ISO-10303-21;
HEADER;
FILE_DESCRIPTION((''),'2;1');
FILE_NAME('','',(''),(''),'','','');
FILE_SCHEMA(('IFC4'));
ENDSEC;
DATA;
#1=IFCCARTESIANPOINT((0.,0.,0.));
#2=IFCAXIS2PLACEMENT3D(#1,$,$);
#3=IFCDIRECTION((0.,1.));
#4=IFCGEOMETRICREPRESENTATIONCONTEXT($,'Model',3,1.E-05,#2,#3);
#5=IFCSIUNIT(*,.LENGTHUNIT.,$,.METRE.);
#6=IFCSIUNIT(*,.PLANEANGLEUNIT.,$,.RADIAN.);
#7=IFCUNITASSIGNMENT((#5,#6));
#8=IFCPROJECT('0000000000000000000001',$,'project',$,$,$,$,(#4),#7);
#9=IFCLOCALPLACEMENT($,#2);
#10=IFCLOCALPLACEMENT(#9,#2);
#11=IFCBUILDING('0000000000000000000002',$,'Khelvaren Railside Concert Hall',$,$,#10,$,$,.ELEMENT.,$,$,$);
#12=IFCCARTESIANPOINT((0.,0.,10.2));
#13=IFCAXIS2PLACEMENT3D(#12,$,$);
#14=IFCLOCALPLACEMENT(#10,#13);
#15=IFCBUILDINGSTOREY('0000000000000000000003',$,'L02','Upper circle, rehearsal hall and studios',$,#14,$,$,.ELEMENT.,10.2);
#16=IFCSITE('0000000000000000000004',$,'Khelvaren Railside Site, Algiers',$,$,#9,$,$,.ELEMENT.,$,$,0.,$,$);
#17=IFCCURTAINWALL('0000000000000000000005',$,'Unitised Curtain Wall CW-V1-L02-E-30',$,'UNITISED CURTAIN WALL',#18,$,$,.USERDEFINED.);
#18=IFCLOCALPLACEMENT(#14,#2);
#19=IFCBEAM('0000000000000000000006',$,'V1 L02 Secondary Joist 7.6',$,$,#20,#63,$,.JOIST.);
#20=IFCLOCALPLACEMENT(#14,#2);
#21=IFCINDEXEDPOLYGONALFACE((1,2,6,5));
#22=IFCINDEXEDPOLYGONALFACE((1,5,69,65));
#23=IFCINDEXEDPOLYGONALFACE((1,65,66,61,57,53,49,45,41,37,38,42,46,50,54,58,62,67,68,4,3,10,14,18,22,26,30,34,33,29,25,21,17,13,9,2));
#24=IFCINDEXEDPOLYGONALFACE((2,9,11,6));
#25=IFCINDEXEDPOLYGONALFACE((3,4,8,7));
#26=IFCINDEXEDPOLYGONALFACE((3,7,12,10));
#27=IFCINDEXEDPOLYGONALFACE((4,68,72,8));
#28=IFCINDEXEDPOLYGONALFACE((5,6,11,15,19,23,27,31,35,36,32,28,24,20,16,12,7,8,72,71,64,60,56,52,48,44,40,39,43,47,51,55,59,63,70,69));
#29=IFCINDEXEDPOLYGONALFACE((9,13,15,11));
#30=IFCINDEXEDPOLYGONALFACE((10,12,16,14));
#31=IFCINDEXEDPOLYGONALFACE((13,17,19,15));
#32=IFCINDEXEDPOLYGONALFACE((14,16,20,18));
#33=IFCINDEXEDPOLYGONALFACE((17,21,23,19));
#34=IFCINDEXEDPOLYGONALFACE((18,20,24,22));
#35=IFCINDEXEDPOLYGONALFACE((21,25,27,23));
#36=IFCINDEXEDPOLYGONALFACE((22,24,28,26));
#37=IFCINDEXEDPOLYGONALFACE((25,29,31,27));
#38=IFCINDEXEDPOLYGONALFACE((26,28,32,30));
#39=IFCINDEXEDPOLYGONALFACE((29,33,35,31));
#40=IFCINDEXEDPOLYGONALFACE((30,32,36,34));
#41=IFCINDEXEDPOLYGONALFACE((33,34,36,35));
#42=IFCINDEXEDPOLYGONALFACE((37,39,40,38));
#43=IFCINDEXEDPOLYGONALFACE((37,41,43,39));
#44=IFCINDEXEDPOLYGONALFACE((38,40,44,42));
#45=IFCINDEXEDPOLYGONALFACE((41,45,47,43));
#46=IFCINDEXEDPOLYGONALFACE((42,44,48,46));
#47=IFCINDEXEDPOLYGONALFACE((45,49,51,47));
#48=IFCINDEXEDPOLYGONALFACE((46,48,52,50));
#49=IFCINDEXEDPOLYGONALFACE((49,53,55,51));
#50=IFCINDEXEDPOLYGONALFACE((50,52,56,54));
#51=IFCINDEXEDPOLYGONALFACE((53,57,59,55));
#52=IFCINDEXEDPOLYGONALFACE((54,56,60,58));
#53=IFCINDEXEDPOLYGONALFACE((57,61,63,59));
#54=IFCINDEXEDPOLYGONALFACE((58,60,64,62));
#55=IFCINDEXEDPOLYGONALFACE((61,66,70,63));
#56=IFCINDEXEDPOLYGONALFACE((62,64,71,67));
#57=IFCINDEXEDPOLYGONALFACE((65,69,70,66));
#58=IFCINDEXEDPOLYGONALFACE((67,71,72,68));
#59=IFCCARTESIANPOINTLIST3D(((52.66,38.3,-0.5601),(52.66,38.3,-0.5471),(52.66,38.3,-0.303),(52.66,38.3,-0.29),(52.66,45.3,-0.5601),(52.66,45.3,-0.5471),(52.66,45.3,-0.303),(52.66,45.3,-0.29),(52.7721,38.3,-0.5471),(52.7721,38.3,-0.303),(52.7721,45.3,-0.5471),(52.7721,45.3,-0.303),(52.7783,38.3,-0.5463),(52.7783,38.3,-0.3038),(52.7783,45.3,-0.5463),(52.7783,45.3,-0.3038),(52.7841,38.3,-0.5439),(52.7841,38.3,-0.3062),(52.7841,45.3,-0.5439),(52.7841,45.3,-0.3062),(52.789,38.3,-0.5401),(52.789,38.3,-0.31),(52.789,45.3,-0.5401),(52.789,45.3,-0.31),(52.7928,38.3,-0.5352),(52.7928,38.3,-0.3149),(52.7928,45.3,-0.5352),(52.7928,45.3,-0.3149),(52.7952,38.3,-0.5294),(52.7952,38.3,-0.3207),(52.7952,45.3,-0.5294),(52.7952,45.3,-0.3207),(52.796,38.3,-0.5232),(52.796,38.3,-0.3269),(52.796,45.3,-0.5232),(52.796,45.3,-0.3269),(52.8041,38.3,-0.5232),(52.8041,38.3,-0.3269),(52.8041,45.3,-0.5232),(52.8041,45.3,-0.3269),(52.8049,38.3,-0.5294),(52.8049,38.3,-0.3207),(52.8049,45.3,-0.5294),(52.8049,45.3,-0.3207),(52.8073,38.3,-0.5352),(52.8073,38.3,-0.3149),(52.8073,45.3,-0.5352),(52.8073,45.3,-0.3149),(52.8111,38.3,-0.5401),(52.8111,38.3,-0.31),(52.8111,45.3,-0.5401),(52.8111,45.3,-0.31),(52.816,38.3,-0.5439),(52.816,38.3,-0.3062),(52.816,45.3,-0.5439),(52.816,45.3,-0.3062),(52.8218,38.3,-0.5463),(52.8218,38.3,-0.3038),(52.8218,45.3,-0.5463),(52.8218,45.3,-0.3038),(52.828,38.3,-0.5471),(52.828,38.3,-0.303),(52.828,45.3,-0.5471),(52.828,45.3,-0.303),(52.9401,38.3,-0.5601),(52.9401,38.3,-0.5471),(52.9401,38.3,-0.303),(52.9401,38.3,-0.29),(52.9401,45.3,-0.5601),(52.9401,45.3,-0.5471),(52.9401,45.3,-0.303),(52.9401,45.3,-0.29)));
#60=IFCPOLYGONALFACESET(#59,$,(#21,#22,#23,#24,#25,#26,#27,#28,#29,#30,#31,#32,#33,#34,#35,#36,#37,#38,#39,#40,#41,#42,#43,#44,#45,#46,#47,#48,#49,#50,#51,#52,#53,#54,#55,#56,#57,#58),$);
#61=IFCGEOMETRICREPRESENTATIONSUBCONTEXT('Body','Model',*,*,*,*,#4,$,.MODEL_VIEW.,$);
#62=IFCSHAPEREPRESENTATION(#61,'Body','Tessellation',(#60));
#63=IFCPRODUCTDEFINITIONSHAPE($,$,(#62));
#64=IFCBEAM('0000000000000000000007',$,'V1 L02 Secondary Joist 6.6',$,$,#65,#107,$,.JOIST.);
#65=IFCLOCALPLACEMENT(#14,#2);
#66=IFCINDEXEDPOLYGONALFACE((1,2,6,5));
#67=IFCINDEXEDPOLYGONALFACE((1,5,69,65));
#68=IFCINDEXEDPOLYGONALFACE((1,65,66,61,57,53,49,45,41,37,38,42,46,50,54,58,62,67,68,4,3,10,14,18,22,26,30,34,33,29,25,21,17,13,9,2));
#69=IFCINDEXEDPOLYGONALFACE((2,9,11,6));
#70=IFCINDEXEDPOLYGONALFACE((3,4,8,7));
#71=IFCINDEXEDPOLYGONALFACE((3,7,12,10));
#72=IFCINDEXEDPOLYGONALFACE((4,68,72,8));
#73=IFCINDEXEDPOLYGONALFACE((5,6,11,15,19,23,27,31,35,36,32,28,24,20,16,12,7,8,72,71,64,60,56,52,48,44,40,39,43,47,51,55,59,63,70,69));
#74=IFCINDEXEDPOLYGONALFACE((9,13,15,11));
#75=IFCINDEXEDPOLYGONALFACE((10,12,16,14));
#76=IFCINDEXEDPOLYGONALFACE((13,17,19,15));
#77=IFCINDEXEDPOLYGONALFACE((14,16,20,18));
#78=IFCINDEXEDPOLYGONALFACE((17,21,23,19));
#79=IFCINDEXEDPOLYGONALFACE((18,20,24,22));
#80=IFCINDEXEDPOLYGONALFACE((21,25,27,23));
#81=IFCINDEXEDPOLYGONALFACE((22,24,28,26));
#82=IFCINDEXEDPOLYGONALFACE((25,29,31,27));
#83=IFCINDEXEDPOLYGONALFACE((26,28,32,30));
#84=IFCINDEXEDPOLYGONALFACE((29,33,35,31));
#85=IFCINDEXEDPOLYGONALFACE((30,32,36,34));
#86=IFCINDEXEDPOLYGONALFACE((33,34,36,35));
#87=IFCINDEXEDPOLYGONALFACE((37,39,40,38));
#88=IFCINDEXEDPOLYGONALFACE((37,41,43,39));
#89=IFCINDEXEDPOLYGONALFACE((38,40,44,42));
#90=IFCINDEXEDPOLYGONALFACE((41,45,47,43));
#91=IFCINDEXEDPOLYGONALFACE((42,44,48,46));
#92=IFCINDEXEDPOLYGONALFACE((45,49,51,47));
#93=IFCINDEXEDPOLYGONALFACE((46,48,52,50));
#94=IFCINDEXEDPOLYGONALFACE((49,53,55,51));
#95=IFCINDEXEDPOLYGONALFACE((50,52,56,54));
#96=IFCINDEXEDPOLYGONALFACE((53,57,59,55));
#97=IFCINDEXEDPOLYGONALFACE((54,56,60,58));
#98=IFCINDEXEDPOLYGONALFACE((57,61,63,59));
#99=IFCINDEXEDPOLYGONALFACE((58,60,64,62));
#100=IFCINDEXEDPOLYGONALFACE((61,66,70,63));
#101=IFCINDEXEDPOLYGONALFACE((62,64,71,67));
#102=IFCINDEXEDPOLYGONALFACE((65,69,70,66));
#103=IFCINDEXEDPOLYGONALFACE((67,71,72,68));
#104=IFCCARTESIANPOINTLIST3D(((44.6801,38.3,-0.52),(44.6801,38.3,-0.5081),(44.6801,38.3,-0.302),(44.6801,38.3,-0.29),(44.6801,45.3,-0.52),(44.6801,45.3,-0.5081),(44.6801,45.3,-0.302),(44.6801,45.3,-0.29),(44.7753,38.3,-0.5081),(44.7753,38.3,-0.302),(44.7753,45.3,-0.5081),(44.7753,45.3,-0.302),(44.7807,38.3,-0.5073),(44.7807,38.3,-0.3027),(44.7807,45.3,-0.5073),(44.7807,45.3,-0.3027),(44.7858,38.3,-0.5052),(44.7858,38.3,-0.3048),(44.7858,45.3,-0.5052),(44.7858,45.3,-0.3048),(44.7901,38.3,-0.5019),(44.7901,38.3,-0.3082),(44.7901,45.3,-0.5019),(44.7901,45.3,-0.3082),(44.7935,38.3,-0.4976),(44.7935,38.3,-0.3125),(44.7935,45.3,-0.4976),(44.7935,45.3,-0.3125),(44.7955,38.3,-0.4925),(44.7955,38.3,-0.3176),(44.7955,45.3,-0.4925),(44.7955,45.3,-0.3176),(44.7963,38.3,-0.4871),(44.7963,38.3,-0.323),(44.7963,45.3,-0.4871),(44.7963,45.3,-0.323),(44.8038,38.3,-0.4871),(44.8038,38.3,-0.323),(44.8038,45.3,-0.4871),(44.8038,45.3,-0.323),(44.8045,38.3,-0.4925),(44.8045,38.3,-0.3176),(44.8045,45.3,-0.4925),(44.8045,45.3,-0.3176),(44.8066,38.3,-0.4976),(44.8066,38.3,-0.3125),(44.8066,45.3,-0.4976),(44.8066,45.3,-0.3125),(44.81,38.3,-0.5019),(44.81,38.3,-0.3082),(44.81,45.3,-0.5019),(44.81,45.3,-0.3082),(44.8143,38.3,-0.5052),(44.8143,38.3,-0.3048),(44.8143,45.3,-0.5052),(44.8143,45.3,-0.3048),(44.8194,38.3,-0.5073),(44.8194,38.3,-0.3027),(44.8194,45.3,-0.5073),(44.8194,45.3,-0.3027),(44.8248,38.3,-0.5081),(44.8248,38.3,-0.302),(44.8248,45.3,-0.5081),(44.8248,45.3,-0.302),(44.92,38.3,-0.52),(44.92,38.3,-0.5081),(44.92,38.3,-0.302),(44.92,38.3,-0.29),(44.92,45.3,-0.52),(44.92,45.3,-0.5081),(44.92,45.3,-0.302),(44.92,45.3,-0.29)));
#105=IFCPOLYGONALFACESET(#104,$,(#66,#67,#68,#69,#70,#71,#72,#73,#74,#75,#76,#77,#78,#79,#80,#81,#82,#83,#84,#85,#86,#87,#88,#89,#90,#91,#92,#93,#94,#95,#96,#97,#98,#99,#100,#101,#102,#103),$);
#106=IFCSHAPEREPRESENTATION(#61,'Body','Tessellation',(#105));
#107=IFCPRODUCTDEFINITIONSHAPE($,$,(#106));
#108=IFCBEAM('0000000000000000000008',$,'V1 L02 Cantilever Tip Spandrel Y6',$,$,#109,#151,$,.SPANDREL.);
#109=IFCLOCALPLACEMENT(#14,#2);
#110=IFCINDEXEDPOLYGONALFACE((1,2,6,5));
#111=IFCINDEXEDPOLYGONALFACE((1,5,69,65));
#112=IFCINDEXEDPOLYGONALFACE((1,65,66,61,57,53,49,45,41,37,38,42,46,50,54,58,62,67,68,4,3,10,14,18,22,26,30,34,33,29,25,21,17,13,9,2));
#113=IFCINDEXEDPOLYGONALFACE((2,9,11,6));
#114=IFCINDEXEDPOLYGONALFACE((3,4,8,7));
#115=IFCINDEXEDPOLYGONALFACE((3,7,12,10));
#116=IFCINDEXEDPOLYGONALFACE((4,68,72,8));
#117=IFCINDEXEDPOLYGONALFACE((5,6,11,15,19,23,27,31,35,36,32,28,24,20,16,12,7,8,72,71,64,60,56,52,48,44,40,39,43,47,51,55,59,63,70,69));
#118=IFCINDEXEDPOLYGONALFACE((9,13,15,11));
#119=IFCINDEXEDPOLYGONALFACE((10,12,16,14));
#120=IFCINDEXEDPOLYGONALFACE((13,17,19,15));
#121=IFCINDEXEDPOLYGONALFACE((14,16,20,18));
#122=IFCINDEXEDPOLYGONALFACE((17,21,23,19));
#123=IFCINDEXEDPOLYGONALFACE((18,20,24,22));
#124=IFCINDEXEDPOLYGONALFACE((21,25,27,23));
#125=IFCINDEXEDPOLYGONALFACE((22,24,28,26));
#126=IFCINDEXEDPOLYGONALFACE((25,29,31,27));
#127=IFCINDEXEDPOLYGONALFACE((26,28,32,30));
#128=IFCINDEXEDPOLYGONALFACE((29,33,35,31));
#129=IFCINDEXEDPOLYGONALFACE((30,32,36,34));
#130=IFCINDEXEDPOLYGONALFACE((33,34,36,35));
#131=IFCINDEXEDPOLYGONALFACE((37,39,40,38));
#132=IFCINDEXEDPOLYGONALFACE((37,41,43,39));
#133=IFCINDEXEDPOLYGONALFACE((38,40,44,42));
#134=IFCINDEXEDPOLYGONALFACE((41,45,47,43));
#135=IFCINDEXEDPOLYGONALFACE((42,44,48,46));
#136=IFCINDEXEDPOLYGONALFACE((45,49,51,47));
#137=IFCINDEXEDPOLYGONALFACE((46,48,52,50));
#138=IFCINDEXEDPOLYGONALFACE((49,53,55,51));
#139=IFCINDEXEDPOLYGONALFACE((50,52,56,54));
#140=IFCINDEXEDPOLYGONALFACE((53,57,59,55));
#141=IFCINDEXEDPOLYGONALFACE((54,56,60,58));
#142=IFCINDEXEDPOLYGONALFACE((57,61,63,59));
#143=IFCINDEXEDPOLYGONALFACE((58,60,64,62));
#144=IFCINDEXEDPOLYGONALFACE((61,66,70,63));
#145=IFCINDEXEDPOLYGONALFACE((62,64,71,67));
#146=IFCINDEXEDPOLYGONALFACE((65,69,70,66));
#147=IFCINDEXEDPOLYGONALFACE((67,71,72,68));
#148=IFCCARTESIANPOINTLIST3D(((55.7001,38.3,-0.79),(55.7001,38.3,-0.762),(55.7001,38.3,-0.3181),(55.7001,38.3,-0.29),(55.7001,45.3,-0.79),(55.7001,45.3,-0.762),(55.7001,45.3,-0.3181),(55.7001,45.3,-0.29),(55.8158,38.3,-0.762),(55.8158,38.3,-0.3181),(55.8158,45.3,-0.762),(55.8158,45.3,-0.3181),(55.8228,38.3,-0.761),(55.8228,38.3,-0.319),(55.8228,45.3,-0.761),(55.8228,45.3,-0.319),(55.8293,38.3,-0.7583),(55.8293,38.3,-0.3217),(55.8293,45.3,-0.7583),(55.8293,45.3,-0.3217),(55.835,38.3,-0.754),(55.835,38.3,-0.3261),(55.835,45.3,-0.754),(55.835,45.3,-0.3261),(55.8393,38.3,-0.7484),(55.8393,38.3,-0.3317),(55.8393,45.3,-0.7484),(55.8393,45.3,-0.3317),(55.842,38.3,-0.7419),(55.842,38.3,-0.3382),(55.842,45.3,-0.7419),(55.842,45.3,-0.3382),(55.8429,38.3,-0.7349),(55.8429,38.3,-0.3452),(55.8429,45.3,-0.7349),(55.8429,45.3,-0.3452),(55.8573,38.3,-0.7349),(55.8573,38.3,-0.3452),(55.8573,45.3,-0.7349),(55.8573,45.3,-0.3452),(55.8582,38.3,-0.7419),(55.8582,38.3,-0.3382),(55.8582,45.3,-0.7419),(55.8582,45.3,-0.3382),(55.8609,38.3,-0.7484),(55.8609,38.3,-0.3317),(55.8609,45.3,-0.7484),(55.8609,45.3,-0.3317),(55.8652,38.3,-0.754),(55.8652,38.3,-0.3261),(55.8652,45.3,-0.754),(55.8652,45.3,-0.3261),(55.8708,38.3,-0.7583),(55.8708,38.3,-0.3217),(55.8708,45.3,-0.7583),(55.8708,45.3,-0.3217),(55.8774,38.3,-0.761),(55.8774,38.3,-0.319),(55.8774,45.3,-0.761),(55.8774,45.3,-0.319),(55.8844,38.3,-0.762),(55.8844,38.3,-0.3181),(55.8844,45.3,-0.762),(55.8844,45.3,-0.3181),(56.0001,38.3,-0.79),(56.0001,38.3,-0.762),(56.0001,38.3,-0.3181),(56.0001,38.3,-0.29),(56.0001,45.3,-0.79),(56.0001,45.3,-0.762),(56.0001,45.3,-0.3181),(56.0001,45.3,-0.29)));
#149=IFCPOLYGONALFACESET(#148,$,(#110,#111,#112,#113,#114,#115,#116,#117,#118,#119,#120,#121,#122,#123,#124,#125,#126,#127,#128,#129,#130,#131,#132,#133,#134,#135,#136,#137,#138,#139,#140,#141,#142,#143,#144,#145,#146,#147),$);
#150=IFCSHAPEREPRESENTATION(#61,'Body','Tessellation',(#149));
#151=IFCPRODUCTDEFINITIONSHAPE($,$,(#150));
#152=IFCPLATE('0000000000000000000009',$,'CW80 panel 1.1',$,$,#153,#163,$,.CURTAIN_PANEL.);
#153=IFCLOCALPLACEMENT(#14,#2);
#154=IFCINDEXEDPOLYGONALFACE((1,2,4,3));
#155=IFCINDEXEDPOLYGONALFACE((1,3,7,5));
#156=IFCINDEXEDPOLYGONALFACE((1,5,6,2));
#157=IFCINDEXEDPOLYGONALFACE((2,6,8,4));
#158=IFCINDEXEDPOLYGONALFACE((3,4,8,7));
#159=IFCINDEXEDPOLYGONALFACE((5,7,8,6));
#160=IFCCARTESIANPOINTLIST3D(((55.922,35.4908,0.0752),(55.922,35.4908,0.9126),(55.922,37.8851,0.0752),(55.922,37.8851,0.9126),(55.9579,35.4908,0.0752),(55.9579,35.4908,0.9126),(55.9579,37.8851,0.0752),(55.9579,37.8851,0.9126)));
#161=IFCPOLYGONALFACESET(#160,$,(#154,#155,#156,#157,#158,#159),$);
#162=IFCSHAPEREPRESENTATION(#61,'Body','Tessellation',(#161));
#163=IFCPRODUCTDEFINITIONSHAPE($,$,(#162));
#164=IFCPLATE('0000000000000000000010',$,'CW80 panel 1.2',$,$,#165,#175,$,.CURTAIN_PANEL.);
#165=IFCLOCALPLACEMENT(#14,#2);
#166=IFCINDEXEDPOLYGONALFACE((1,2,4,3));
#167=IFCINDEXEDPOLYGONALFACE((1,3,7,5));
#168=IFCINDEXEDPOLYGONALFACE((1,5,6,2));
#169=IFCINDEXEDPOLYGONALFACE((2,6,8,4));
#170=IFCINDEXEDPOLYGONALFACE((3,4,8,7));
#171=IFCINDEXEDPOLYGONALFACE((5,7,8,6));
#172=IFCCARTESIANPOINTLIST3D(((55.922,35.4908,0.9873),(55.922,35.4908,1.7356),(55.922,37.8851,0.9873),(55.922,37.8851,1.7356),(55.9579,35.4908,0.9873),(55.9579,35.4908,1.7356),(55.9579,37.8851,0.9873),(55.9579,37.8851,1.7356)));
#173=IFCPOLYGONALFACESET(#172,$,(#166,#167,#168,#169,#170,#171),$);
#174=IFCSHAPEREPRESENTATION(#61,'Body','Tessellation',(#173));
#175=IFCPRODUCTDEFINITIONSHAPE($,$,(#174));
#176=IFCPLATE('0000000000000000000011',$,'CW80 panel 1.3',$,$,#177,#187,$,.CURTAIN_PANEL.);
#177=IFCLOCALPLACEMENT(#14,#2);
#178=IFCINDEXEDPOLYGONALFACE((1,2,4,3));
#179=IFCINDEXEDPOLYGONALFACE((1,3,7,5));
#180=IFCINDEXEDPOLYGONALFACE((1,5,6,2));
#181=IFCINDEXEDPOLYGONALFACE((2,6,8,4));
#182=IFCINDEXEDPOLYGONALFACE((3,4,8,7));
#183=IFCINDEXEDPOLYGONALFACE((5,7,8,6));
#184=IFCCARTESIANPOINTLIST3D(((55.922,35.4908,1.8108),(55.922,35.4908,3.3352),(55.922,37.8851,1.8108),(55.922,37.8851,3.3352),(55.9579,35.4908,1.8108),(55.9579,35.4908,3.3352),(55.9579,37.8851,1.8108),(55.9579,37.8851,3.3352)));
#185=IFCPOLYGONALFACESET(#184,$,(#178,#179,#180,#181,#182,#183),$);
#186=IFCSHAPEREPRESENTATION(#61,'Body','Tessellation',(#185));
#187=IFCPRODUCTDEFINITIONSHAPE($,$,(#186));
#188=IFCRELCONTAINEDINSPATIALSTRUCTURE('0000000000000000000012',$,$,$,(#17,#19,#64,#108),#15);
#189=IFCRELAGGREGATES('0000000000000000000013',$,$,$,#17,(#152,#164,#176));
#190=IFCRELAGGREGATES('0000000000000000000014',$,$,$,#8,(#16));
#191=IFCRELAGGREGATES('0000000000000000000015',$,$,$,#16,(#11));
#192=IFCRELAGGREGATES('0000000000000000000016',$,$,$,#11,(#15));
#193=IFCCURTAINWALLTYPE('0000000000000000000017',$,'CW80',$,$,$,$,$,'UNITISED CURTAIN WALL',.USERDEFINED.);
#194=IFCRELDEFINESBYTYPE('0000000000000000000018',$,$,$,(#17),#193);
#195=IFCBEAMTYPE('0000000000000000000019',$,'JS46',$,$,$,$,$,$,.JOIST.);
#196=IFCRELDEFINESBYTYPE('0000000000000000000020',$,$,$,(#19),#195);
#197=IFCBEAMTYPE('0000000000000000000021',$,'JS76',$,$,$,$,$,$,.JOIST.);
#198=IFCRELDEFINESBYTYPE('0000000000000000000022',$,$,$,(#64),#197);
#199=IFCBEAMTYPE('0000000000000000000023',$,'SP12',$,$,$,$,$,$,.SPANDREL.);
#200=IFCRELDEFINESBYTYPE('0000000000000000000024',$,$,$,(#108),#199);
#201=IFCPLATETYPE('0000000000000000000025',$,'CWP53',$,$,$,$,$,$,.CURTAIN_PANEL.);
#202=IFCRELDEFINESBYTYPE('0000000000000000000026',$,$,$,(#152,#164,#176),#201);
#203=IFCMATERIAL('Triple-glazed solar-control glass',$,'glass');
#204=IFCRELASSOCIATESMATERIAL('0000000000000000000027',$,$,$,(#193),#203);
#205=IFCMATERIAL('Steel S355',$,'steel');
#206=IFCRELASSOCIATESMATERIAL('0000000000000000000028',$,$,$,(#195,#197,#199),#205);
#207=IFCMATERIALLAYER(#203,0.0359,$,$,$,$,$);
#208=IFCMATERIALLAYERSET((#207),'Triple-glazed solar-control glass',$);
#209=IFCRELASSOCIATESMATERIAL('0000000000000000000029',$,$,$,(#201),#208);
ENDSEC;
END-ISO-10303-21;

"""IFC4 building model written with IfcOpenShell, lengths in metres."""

from ifc_helpers import new_model, si_unit, direction, frame, origin, origin_2d, place, context, subcontext, project, spatial, rectangle, i_section, extrude, material, layer, layer_set, material_profile, profile_set, type_object, element, aggregate, save


model = new_model("IFC4")

# Units and contexts
model_context = context("Model", 3, precision=1e-05, world=origin(), true_north=direction((0.0, 1.0)))
body_context = subcontext(model_context, "Body", "Model", "MODEL_VIEW")
ifc_project = project(units=[si_unit("LENGTHUNIT", "METRE"), si_unit("PLANEANGLEUNIT", "RADIAN")], contexts=[model_context])

# Site, building, storey
site_placement = place(None, origin())
site = spatial("IfcSite", under=ifc_project, at=site_placement, Name="Khelvaren Railside Site, Algiers", CompositionType="ELEMENT", RefElevation=0.0)
building_placement = place(site_placement, origin())
building = spatial("IfcBuilding", under=site, at=building_placement, Name="Khelvaren Railside Concert Hall", CompositionType="ELEMENT")
storey_placement = place(building_placement, frame((0.0, 0.0, 10.2)))
storey = spatial("IfcBuildingStorey", under=building, at=storey_placement, Name="L02", Description="Upper circle, rehearsal hall and studios", CompositionType="ELEMENT", Elevation=10.2)

# Shared definitions
ifc_material_1 = material(Name="Steel S355", Category="steel")

# Curtain wall
ifc_material_2 = material(Name="Triple-glazed solar-control glass", Category="glass")
curtain_wall_type = type_object("IfcCurtainWallType", Name="CW80", ElementType="UNITISED CURTAIN WALL", PredefinedType="USERDEFINED", material=ifc_material_2)
curtain_wall_placement = place(storey_placement, origin())
curtain_wall = element("IfcCurtainWall", 1, at=curtain_wall_placement, inside=storey, type_object=curtain_wall_type, Name="Unitised Curtain Wall CW-V1-L02-E-30", ObjectType="UNITISED CURTAIN WALL", PredefinedType="USERDEFINED")

# Beams
ifc_material_profile_1 = material_profile(ifc_material_1, i_section(OverallWidth=0.28, OverallDepth=0.27, WebThickness=0.0081, FlangeThickness=0.0129, FilletRadius=0.0239, at=origin_2d()), Name="HEA 280")
ifc_profile_set_1 = profile_set([ifc_material_profile_1], Name="Steel S355")
beam_type_1 = type_object("IfcBeamType", Name="JS46", PredefinedType="JOIST", material=ifc_profile_set_1)
beam_1_placement = place(storey_placement, frame((52.8, 38.3, -0.425), z_axis=(0.0, 1.0, 0.0), x_axis=(-1.0, 0.0, 0.0)))
element("IfcBeam", 2, at=beam_1_placement, inside=storey, type_object=beam_type_1, Name="V1 L02 Secondary Joist 7.6", PredefinedType="JOIST", context=body_context, shape_type="SweptSolid", body=[
    extrude(i_section(OverallWidth=0.28, OverallDepth=0.27, WebThickness=0.0081, FlangeThickness=0.0129, FilletRadius=0.0239, at=origin_2d()), origin(), (0.0, 0.0, 1.0), 7.0),
])
ifc_material_profile_2 = material_profile(ifc_material_1, i_section(OverallWidth=0.24, OverallDepth=0.23, WebThickness=0.0076, FlangeThickness=0.012, FilletRadius=0.021, at=origin_2d()), Name="HEA 240")
ifc_profile_set_2 = profile_set([ifc_material_profile_2], Name="Steel S355")
beam_type_2 = type_object("IfcBeamType", Name="JS76", PredefinedType="JOIST", material=ifc_profile_set_2)
beam_2_placement = place(storey_placement, frame((44.8, 38.3, -0.405), z_axis=(0.0, 1.0, 0.0), x_axis=(-1.0, 0.0, 0.0)))
element("IfcBeam", 3, at=beam_2_placement, inside=storey, type_object=beam_type_2, Name="V1 L02 Secondary Joist 6.6", PredefinedType="JOIST", context=body_context, shape_type="SweptSolid", body=[
    extrude(i_section(OverallWidth=0.24, OverallDepth=0.23, WebThickness=0.0076, FlangeThickness=0.012, FilletRadius=0.021, at=origin_2d()), origin(), (0.0, 0.0, 1.0), 7.0),
])
ifc_material_profile_3 = material_profile(ifc_material_1, i_section(OverallWidth=0.3, OverallDepth=0.5, WebThickness=0.0144, FlangeThickness=0.0281, FilletRadius=0.0271, at=origin_2d()), Name="HEB 500")
ifc_profile_set_3 = profile_set([ifc_material_profile_3], Name="Steel S355")
beam_type_3 = type_object("IfcBeamType", Name="SP12", PredefinedType="SPANDREL", material=ifc_profile_set_3)
beam_3_placement = place(storey_placement, frame((55.8501, 38.3, -0.54), z_axis=(0.0, 1.0, 0.0), x_axis=(-1.0, 0.0, 0.0)))
element("IfcBeam", 4, at=beam_3_placement, inside=storey, type_object=beam_type_3, Name="V1 L02 Cantilever Tip Spandrel Y6", PredefinedType="SPANDREL", context=body_context, shape_type="SweptSolid", body=[
    extrude(i_section(OverallWidth=0.3, OverallDepth=0.5, WebThickness=0.0144, FlangeThickness=0.0281, FilletRadius=0.0271, at=origin_2d()), origin(), (0.0, 0.0, 1.0), 7.0),
])

# Plates
ifc_layer_1 = layer(ifc_material_2, 0.0359)
ifc_layer_set_1 = layer_set([ifc_layer_1], Name="Triple-glazed solar-control glass")
plate_type_1 = type_object("IfcPlateType", Name="CWP53", PredefinedType="CURTAIN_PANEL", material=ifc_layer_set_1)
plate_1_placement = place(storey_placement, frame((55.9399, 36.688, 0.0752), z_axis=(0.0, 0.0, 1.0), x_axis=(0.0, -1.0, 0.0)))
plate_1 = element("IfcPlate", 5, at=plate_1_placement, type_object=plate_type_1, Name="CW80 panel 1.1", PredefinedType="CURTAIN_PANEL", context=body_context, shape_type="SweptSolid", body=[
    extrude(rectangle(XDim=2.3943, YDim=0.0359, at=origin_2d()), origin(), (0.0, 0.0, 1.0), 0.8374),
])
plate_2_placement = place(storey_placement, frame((55.9399, 36.688, 0.9873), z_axis=(0.0, 0.0, 1.0), x_axis=(0.0, -1.0, 0.0)))
plate_2 = element("IfcPlate", 6, at=plate_2_placement, type_object=plate_type_1, Name="CW80 panel 1.2", PredefinedType="CURTAIN_PANEL", context=body_context, shape_type="SweptSolid", body=[
    extrude(rectangle(XDim=2.3943, YDim=0.0359, at=origin_2d()), origin(), (0.0, 0.0, 1.0), 0.7483),
])
plate_3_placement = place(storey_placement, frame((55.9399, 36.688, 1.8108), z_axis=(0.0, 0.0, 1.0), x_axis=(0.0, -1.0, 0.0)))
plate_3 = element("IfcPlate", 7, at=plate_3_placement, type_object=plate_type_1, Name="CW80 panel 1.3", PredefinedType="CURTAIN_PANEL", context=body_context, shape_type="SweptSolid", body=[
    extrude(rectangle(XDim=2.3943, YDim=0.0359, at=origin_2d()), origin(), (0.0, 0.0, 1.0), 1.5244),
])
aggregate(curtain_wall, [plate_1, plate_2, plate_3])

save(model, "model.ifc")
